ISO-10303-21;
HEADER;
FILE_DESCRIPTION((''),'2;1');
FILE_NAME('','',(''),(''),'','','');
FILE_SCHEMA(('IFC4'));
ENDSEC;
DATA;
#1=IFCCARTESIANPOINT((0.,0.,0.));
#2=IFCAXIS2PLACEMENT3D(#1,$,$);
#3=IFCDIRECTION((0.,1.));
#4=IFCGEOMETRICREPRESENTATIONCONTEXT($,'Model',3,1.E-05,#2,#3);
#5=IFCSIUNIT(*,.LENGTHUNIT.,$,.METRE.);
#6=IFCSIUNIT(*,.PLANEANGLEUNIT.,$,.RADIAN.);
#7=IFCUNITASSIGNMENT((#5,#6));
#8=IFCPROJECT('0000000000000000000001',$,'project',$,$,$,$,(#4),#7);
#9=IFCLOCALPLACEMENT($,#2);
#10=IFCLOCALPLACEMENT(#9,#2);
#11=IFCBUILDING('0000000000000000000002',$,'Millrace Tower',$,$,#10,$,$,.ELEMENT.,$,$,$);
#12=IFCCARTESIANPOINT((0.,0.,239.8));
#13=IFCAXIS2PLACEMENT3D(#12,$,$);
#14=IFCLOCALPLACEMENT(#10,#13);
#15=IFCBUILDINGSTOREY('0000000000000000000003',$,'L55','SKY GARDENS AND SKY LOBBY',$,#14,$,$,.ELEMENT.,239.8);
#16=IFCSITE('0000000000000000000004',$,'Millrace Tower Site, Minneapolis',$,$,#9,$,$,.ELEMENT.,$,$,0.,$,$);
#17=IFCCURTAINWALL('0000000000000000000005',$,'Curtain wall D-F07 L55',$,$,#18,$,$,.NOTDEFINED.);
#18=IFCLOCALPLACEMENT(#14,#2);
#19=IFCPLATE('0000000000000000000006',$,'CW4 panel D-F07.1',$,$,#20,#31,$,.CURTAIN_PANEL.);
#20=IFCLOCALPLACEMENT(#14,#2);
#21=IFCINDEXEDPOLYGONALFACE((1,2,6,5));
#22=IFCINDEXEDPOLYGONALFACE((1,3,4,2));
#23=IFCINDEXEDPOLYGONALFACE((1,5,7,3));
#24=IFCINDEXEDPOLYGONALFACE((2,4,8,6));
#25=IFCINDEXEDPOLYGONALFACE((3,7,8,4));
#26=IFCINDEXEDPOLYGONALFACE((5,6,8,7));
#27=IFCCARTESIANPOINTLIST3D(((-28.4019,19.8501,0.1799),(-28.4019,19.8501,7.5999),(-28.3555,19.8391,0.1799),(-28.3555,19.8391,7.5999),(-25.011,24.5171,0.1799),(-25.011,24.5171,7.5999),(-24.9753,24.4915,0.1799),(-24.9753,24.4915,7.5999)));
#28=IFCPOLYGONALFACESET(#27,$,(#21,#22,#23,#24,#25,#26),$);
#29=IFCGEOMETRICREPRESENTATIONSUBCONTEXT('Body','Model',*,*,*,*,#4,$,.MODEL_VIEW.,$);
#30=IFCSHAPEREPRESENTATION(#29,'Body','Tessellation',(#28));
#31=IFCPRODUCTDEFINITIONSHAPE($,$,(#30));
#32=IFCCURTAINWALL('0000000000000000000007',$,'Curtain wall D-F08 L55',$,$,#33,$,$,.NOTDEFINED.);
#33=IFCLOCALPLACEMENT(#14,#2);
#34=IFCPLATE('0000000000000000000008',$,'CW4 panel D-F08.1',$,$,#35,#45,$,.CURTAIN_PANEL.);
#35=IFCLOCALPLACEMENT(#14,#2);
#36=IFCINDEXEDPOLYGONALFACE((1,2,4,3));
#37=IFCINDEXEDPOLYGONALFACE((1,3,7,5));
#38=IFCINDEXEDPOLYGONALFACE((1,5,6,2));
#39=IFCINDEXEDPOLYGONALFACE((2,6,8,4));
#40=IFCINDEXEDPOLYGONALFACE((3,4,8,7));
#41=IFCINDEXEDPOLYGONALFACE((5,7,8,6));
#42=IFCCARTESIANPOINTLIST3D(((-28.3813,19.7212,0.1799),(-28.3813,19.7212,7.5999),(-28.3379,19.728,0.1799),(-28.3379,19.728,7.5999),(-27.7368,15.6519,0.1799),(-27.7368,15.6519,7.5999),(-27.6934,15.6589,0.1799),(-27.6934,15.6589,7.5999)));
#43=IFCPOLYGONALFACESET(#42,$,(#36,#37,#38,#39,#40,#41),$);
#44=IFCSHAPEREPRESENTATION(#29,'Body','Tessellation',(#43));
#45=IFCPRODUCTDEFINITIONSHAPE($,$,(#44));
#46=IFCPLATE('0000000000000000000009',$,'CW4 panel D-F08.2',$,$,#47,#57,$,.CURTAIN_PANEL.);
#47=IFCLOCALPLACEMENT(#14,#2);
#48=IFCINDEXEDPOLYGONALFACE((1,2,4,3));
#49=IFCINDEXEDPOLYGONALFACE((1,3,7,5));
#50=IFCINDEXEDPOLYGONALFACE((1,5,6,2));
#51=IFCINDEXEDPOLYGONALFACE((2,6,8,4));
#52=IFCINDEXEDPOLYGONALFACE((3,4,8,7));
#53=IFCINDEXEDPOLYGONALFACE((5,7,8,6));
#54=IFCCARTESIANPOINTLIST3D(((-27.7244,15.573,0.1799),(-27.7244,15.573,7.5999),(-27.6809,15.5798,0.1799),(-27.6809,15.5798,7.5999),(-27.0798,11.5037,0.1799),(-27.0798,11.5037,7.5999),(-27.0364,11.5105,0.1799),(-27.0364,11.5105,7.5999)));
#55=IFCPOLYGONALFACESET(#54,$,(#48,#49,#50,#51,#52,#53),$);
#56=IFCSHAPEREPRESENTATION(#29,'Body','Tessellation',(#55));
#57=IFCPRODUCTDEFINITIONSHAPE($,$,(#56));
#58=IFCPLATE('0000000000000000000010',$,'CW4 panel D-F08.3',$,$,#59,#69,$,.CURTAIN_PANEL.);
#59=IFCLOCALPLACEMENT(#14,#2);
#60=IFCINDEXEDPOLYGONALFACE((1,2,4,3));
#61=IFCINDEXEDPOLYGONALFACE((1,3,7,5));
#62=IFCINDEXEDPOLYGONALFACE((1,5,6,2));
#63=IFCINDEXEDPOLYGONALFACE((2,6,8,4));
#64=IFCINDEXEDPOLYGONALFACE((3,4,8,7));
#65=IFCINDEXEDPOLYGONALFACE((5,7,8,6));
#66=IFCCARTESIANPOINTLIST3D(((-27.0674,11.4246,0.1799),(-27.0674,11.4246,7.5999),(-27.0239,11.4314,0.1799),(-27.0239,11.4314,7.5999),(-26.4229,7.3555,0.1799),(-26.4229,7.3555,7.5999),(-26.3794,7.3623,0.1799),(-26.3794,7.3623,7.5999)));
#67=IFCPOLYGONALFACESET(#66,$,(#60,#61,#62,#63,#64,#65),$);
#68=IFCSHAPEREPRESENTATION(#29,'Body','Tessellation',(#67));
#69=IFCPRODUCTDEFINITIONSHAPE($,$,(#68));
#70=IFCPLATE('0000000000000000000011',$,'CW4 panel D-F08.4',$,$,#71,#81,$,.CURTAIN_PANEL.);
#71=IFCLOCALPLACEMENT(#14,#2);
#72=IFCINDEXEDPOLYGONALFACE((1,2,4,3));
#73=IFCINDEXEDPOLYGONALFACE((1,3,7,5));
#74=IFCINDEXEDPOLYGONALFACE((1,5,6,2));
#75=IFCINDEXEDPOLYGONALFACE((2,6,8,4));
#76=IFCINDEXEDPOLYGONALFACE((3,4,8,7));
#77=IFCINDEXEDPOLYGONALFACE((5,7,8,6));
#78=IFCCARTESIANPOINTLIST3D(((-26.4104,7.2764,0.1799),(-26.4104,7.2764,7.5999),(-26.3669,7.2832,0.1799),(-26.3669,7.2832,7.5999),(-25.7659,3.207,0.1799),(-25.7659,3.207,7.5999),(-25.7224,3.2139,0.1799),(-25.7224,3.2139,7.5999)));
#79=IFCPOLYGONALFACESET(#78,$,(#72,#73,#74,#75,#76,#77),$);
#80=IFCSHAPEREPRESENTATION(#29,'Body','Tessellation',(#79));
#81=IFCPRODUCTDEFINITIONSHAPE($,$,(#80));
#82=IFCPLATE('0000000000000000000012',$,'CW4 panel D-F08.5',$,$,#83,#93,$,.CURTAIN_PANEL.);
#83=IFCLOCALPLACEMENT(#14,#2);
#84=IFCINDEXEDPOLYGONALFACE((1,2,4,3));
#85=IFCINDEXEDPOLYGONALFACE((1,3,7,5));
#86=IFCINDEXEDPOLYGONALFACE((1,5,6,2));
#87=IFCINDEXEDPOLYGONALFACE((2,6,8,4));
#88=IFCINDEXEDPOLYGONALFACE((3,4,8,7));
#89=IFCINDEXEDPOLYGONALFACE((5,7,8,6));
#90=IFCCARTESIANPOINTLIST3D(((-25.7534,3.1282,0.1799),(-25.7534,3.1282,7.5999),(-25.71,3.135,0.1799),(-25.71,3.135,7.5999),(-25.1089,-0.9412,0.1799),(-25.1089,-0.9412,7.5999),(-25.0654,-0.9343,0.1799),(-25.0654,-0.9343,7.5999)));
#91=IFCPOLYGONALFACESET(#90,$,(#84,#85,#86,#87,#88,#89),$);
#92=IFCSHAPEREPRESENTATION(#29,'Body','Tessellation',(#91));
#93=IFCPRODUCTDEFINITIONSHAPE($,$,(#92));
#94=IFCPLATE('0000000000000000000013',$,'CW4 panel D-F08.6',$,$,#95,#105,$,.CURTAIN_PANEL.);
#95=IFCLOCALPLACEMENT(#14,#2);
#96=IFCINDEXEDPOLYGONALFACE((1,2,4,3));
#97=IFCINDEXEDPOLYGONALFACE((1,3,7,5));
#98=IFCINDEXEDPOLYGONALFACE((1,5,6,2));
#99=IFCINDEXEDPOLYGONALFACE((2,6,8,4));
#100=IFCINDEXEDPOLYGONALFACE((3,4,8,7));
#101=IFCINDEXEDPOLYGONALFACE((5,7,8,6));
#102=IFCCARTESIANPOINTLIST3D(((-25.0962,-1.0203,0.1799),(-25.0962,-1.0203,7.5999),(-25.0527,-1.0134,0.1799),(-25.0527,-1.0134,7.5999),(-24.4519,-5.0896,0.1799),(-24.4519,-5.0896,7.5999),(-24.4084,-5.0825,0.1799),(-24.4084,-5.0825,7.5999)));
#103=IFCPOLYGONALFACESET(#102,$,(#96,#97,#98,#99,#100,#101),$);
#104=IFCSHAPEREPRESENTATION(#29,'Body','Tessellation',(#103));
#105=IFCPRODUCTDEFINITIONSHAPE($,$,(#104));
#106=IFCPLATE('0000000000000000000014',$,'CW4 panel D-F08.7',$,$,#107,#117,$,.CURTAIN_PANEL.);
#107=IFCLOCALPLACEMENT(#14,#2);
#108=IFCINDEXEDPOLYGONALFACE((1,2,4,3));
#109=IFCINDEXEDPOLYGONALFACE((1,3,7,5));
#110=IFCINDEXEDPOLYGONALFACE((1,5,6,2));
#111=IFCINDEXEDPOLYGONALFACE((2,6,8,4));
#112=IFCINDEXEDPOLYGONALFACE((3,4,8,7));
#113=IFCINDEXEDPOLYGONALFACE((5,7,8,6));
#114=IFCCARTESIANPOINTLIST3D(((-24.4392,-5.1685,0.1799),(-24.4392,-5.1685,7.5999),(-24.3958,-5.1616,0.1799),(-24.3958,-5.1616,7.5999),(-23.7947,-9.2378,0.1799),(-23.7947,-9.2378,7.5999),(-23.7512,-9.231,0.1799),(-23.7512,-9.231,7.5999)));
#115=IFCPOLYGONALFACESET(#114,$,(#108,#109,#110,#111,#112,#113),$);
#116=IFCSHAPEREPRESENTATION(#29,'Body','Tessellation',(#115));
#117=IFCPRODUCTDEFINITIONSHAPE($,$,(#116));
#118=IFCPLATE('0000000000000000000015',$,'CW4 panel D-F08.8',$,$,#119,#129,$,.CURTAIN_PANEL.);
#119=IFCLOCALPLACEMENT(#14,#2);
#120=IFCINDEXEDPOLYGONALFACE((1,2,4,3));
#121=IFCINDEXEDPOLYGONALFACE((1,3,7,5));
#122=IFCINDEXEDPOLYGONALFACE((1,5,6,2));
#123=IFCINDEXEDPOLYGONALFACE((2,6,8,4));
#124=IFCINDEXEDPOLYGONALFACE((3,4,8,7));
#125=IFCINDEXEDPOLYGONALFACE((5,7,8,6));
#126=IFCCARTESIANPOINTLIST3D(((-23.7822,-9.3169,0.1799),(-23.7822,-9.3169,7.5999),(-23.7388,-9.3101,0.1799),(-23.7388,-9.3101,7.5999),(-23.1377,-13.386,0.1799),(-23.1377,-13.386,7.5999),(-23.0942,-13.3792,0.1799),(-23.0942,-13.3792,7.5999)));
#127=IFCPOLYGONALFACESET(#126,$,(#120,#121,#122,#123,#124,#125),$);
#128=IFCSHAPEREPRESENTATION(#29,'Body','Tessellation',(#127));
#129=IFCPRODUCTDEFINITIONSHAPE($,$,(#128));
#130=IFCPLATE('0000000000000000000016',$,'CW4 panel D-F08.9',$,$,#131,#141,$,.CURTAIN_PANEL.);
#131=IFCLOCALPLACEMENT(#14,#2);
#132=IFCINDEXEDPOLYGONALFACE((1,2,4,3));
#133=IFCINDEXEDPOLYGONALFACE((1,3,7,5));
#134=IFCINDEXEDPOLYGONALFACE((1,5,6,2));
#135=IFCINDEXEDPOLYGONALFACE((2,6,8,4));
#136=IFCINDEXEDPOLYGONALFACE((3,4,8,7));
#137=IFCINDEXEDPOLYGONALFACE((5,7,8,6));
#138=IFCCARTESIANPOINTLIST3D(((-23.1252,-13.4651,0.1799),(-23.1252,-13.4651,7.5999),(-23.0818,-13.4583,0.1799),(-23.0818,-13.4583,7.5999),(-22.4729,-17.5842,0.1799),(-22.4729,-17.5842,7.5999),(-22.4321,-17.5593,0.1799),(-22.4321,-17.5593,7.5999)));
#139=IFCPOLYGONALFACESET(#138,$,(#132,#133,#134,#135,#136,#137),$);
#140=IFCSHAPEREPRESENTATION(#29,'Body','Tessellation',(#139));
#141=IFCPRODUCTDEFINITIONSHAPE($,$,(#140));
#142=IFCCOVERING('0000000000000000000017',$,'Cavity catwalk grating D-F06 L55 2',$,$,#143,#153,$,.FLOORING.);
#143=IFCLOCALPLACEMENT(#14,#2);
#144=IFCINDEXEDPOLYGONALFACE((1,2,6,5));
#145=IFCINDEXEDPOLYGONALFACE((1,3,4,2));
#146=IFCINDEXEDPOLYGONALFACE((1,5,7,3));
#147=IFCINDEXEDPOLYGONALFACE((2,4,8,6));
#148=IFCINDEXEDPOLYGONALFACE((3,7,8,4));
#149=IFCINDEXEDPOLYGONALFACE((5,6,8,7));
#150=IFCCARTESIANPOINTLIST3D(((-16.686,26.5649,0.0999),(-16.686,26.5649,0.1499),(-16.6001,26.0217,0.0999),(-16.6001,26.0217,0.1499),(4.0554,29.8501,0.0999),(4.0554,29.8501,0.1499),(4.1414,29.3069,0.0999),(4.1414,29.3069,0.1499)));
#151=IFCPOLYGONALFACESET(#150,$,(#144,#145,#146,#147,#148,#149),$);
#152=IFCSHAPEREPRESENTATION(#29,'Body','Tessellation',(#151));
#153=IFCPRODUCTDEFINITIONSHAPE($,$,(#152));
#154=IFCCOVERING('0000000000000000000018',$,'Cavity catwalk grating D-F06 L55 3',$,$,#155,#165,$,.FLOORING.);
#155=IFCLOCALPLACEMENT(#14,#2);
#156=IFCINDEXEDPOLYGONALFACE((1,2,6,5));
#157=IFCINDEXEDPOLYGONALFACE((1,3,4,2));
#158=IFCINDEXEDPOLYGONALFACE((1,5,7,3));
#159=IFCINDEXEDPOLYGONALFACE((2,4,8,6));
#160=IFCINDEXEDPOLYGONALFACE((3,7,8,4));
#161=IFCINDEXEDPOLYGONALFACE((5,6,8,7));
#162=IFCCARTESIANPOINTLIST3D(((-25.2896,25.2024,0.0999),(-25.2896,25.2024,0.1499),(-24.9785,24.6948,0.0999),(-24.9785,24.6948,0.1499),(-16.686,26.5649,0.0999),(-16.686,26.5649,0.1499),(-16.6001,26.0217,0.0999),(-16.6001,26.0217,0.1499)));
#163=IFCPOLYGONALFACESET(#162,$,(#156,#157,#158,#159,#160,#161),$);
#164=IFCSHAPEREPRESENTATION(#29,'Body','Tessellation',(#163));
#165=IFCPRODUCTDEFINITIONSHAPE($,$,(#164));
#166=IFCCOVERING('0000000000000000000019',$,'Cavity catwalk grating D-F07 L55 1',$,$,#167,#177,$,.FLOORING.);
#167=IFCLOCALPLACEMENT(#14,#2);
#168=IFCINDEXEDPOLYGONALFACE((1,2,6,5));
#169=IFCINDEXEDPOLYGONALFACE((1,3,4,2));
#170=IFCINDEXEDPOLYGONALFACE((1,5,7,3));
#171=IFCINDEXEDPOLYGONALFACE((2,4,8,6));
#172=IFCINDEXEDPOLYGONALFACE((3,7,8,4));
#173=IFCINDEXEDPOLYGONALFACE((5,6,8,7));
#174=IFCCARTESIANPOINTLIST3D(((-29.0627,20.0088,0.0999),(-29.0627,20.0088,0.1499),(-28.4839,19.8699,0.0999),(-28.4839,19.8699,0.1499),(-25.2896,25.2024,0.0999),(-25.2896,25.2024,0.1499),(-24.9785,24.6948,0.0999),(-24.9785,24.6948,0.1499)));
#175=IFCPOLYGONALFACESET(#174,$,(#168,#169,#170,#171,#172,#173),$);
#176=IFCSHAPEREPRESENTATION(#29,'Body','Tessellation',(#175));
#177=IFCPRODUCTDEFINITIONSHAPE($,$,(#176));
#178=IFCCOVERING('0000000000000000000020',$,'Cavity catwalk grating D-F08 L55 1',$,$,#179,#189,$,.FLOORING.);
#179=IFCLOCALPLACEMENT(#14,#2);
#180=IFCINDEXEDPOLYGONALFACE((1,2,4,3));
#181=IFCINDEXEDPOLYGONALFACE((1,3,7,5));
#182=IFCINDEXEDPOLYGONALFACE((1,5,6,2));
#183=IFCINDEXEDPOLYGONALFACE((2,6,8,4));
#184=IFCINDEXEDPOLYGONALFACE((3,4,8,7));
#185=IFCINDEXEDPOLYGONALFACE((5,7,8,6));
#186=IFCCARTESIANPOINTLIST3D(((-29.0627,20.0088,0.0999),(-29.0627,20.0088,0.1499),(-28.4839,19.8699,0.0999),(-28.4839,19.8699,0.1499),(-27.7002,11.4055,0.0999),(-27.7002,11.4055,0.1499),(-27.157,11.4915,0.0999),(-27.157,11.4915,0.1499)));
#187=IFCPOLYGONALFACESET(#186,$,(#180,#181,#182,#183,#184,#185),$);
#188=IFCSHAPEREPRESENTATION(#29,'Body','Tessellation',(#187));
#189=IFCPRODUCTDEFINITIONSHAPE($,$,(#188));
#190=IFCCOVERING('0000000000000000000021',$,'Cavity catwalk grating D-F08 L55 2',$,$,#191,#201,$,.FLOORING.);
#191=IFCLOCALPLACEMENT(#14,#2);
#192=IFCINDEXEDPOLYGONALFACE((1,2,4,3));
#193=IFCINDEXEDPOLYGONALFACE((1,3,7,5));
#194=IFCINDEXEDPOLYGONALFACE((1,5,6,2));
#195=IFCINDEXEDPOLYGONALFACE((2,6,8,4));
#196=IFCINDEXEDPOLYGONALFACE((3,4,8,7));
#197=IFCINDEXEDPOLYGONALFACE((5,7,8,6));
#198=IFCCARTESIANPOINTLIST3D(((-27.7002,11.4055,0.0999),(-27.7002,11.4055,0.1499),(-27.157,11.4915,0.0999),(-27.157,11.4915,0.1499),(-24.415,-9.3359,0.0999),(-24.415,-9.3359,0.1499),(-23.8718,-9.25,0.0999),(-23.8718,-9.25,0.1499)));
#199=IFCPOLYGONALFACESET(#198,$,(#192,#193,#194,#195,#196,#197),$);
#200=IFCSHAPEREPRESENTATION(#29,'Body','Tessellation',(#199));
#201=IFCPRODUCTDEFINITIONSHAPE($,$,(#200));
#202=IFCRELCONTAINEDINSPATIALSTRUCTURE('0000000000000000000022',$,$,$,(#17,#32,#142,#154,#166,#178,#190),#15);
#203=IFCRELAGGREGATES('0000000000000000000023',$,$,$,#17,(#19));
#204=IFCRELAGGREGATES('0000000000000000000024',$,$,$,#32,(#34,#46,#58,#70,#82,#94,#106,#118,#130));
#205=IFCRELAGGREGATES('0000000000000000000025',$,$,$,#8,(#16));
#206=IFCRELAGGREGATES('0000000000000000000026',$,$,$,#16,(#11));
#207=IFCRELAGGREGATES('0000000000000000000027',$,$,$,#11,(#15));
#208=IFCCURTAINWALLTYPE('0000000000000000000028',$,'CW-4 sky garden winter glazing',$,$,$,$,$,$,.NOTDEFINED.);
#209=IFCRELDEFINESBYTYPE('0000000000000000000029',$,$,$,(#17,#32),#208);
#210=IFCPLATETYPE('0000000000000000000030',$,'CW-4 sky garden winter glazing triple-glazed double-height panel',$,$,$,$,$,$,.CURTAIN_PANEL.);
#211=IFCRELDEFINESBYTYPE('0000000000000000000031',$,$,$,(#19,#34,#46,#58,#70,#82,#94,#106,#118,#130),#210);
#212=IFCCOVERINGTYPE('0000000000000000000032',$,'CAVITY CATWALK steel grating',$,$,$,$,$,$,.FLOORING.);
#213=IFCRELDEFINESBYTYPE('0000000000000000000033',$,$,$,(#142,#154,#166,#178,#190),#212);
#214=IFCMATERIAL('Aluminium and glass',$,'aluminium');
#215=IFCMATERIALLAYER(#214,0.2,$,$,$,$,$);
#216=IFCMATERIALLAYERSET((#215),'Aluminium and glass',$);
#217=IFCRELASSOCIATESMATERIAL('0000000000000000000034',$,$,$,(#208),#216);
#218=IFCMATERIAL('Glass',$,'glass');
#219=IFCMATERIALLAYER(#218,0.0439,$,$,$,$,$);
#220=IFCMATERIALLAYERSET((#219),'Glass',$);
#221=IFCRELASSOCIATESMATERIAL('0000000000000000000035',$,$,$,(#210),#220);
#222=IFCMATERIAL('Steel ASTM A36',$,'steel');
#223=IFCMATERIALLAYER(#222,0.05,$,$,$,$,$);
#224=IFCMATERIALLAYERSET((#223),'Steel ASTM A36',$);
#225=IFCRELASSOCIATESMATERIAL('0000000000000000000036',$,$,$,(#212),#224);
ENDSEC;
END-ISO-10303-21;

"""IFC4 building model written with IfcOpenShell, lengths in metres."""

from ifc_helpers import new_model, si_unit, direction, frame, origin, place, context, subcontext, project, spatial, polyline, outline, extrude, material, layer, layer_set, type_object, element, aggregate, save


model = new_model("IFC4")

# Units and contexts
model_context = context("Model", 3, precision=1e-05, world=origin(), true_north=direction((0.0, 1.0)))
body_context = subcontext(model_context, "Body", "Model", "MODEL_VIEW")
ifc_project = project(units=[si_unit("LENGTHUNIT", "METRE"), si_unit("PLANEANGLEUNIT", "RADIAN")], contexts=[model_context])

# Site, building, storey
site_placement = place(None, origin())
site = spatial("IfcSite", under=ifc_project, at=site_placement, Name="Millrace Tower Site, Minneapolis", CompositionType="ELEMENT", RefElevation=0.0)
building_placement = place(site_placement, origin())
building = spatial("IfcBuilding", under=site, at=building_placement, Name="Millrace Tower", CompositionType="ELEMENT")
storey_placement = place(building_placement, frame((0.0, 0.0, 239.8)))
storey = spatial("IfcBuildingStorey", under=building, at=storey_placement, Name="L55", Description="SKY GARDENS AND SKY LOBBY", CompositionType="ELEMENT", Elevation=239.8)

# Curtain wall, plate
ifc_material_1 = material(Name="Aluminium and glass", Category="aluminium")
ifc_layer_1 = layer(ifc_material_1, 0.2)
ifc_layer_set_1 = layer_set([ifc_layer_1], Name="Aluminium and glass")
curtain_wall_type = type_object("IfcCurtainWallType", Name="CW-4 sky garden winter glazing", PredefinedType="NOTDEFINED", material=ifc_layer_set_1)
placement_1 = place(storey_placement, origin())
curtain_wall_1 = element("IfcCurtainWall", 1, at=placement_1, inside=storey, type_object=curtain_wall_type, Name="Curtain wall D-F07 L55", PredefinedType="NOTDEFINED")
ifc_material_2 = material(Name="Glass", Category="glass")
ifc_layer_2 = layer(ifc_material_2, 0.0439)
ifc_layer_set_2 = layer_set([ifc_layer_2], Name="Glass")
plate_type = type_object("IfcPlateType", Name="CW-4 sky garden winter glazing triple-glazed double-height panel", PredefinedType="CURTAIN_PANEL", material=ifc_layer_set_2)
placement_2 = place(storey_placement, frame((0.0, 0.0, 0.1799)))
plate_1 = element("IfcPlate", 2, at=placement_2, type_object=plate_type, Name="CW4 panel D-F07.1", PredefinedType="CURTAIN_PANEL", context=body_context, shape_type="SweptSolid", body=[
    extrude(outline(polyline([(-25.011, 24.5171), (-28.4019, 19.8501), (-28.3555, 19.8391), (-24.9753, 24.4915), (-25.011, 24.5171)])), origin(), (0.0, 0.0, 1.0), 7.4199),
])
aggregate(curtain_wall_1, [plate_1])

# Curtain wall, plates
curtain_wall_2 = element("IfcCurtainWall", 3, at=placement_1, inside=storey, type_object=curtain_wall_type, Name="Curtain wall D-F08 L55", PredefinedType="NOTDEFINED")
plate_2 = element("IfcPlate", 4, at=placement_2, type_object=plate_type, Name="CW4 panel D-F08.1", PredefinedType="CURTAIN_PANEL", context=body_context, shape_type="SweptSolid", body=[
    extrude(outline(polyline([(-28.3813, 19.7212), (-27.7368, 15.6519), (-27.6934, 15.6589), (-28.3379, 19.728), (-28.3813, 19.7212)])), origin(), (0.0, 0.0, 1.0), 7.4199),
])
plate_3 = element("IfcPlate", 5, at=placement_2, type_object=plate_type, Name="CW4 panel D-F08.2", PredefinedType="CURTAIN_PANEL", context=body_context, shape_type="SweptSolid", body=[
    extrude(outline(polyline([(-27.7244, 15.573), (-27.0798, 11.5037), (-27.0364, 11.5105), (-27.6809, 15.5798), (-27.7244, 15.573)])), origin(), (0.0, 0.0, 1.0), 7.4199),
])
plate_4 = element("IfcPlate", 6, at=placement_2, type_object=plate_type, Name="CW4 panel D-F08.3", PredefinedType="CURTAIN_PANEL", context=body_context, shape_type="SweptSolid", body=[
    extrude(outline(polyline([(-27.0674, 11.4246), (-26.4229, 7.3555), (-26.3794, 7.3623), (-27.0239, 11.4314), (-27.0674, 11.4246)])), origin(), (0.0, 0.0, 1.0), 7.4199),
])
plate_5 = element("IfcPlate", 7, at=placement_2, type_object=plate_type, Name="CW4 panel D-F08.4", PredefinedType="CURTAIN_PANEL", context=body_context, shape_type="SweptSolid", body=[
    extrude(outline(polyline([(-26.4104, 7.2764), (-25.7659, 3.207), (-25.7224, 3.2139), (-26.3669, 7.2832), (-26.4104, 7.2764)])), origin(), (0.0, 0.0, 1.0), 7.4199),
])
plate_6 = element("IfcPlate", 8, at=placement_2, type_object=plate_type, Name="CW4 panel D-F08.5", PredefinedType="CURTAIN_PANEL", context=body_context, shape_type="SweptSolid", body=[
    extrude(outline(polyline([(-25.7534, 3.1282), (-25.1089, -0.9412), (-25.0654, -0.9343), (-25.71, 3.135), (-25.7534, 3.1282)])), origin(), (0.0, 0.0, 1.0), 7.4199),
])
plate_7 = element("IfcPlate", 9, at=placement_2, type_object=plate_type, Name="CW4 panel D-F08.6", PredefinedType="CURTAIN_PANEL", context=body_context, shape_type="SweptSolid", body=[
    extrude(outline(polyline([(-25.0962, -1.0203), (-24.4519, -5.0896), (-24.4084, -5.0825), (-25.0527, -1.0134), (-25.0962, -1.0203)])), origin(), (0.0, 0.0, 1.0), 7.4199),
])
plate_8 = element("IfcPlate", 10, at=placement_2, type_object=plate_type, Name="CW4 panel D-F08.7", PredefinedType="CURTAIN_PANEL", context=body_context, shape_type="SweptSolid", body=[
    extrude(outline(polyline([(-24.4392, -5.1685), (-23.7947, -9.2378), (-23.7512, -9.231), (-24.3958, -5.1616), (-24.4392, -5.1685)])), origin(), (0.0, 0.0, 1.0), 7.4199),
])
plate_9 = element("IfcPlate", 11, at=placement_2, type_object=plate_type, Name="CW4 panel D-F08.8", PredefinedType="CURTAIN_PANEL", context=body_context, shape_type="SweptSolid", body=[
    extrude(outline(polyline([(-23.7822, -9.3169), (-23.1377, -13.386), (-23.0942, -13.3792), (-23.7388, -9.3101), (-23.7822, -9.3169)])), origin(), (0.0, 0.0, 1.0), 7.4199),
])
plate_10 = element("IfcPlate", 12, at=placement_2, type_object=plate_type, Name="CW4 panel D-F08.9", PredefinedType="CURTAIN_PANEL", context=body_context, shape_type="SweptSolid", body=[
    extrude(outline(polyline([(-23.1252, -13.4651), (-22.4729, -17.5842), (-22.4321, -17.5593), (-23.0818, -13.4583), (-23.1252, -13.4651)])), origin(), (0.0, 0.0, 1.0), 7.4199),
])
aggregate(curtain_wall_2, [plate_2, plate_3, plate_4, plate_5, plate_6, plate_7, plate_8, plate_9, plate_10])

# Coverings
ifc_material_3 = material(Name="Steel ASTM A36", Category="steel")
ifc_layer_3 = layer(ifc_material_3, 0.05)
ifc_layer_set_3 = layer_set([ifc_layer_3], Name="Steel ASTM A36")
covering_type = type_object("IfcCoveringType", Name="CAVITY CATWALK steel grating", PredefinedType="FLOORING", material=ifc_layer_set_3)
placement_3 = place(storey_placement, frame((0.0, 0.0, 0.0999)))
element("IfcCovering", 13, at=placement_3, inside=storey, type_object=covering_type, Name="Cavity catwalk grating D-F06 L55 2", PredefinedType="FLOORING", context=body_context, shape_type="SweptSolid", body=[
    extrude(outline(polyline([(4.0554, 29.8501), (-16.686, 26.5649), (-16.6001, 26.0217), (4.1414, 29.3069), (4.0554, 29.8501)])), origin(), (0.0, 0.0, 1.0), 0.05),
])
element("IfcCovering", 14, at=placement_3, inside=storey, type_object=covering_type, Name="Cavity catwalk grating D-F06 L55 3", PredefinedType="FLOORING", context=body_context, shape_type="SweptSolid", body=[
    extrude(outline(polyline([(-16.686, 26.5649), (-25.2896, 25.2024), (-24.9785, 24.6948), (-16.6001, 26.0217), (-16.686, 26.5649)])), origin(), (0.0, 0.0, 1.0), 0.05),
])
element("IfcCovering", 15, at=placement_3, inside=storey, type_object=covering_type, Name="Cavity catwalk grating D-F07 L55 1", PredefinedType="FLOORING", context=body_context, shape_type="SweptSolid", body=[
    extrude(outline(polyline([(-25.2896, 25.2024), (-29.0627, 20.0088), (-28.4839, 19.8699), (-24.9785, 24.6948), (-25.2896, 25.2024)])), origin(), (0.0, 0.0, 1.0), 0.05),
])
element("IfcCovering", 16, at=placement_3, inside=storey, type_object=covering_type, Name="Cavity catwalk grating D-F08 L55 1", PredefinedType="FLOORING", context=body_context, shape_type="SweptSolid", body=[
    extrude(outline(polyline([(-29.0627, 20.0088), (-27.7002, 11.4055), (-27.157, 11.4915), (-28.4839, 19.8699), (-29.0627, 20.0088)])), origin(), (0.0, 0.0, 1.0), 0.05),
])
element("IfcCovering", 17, at=placement_3, inside=storey, type_object=covering_type, Name="Cavity catwalk grating D-F08 L55 2", PredefinedType="FLOORING", context=body_context, shape_type="SweptSolid", body=[
    extrude(outline(polyline([(-27.7002, 11.4055), (-24.415, -9.3359), (-23.8718, -9.25), (-27.157, 11.4915), (-27.7002, 11.4055)])), origin(), (0.0, 0.0, 1.0), 0.05),
])

save(model, "model.ifc")
